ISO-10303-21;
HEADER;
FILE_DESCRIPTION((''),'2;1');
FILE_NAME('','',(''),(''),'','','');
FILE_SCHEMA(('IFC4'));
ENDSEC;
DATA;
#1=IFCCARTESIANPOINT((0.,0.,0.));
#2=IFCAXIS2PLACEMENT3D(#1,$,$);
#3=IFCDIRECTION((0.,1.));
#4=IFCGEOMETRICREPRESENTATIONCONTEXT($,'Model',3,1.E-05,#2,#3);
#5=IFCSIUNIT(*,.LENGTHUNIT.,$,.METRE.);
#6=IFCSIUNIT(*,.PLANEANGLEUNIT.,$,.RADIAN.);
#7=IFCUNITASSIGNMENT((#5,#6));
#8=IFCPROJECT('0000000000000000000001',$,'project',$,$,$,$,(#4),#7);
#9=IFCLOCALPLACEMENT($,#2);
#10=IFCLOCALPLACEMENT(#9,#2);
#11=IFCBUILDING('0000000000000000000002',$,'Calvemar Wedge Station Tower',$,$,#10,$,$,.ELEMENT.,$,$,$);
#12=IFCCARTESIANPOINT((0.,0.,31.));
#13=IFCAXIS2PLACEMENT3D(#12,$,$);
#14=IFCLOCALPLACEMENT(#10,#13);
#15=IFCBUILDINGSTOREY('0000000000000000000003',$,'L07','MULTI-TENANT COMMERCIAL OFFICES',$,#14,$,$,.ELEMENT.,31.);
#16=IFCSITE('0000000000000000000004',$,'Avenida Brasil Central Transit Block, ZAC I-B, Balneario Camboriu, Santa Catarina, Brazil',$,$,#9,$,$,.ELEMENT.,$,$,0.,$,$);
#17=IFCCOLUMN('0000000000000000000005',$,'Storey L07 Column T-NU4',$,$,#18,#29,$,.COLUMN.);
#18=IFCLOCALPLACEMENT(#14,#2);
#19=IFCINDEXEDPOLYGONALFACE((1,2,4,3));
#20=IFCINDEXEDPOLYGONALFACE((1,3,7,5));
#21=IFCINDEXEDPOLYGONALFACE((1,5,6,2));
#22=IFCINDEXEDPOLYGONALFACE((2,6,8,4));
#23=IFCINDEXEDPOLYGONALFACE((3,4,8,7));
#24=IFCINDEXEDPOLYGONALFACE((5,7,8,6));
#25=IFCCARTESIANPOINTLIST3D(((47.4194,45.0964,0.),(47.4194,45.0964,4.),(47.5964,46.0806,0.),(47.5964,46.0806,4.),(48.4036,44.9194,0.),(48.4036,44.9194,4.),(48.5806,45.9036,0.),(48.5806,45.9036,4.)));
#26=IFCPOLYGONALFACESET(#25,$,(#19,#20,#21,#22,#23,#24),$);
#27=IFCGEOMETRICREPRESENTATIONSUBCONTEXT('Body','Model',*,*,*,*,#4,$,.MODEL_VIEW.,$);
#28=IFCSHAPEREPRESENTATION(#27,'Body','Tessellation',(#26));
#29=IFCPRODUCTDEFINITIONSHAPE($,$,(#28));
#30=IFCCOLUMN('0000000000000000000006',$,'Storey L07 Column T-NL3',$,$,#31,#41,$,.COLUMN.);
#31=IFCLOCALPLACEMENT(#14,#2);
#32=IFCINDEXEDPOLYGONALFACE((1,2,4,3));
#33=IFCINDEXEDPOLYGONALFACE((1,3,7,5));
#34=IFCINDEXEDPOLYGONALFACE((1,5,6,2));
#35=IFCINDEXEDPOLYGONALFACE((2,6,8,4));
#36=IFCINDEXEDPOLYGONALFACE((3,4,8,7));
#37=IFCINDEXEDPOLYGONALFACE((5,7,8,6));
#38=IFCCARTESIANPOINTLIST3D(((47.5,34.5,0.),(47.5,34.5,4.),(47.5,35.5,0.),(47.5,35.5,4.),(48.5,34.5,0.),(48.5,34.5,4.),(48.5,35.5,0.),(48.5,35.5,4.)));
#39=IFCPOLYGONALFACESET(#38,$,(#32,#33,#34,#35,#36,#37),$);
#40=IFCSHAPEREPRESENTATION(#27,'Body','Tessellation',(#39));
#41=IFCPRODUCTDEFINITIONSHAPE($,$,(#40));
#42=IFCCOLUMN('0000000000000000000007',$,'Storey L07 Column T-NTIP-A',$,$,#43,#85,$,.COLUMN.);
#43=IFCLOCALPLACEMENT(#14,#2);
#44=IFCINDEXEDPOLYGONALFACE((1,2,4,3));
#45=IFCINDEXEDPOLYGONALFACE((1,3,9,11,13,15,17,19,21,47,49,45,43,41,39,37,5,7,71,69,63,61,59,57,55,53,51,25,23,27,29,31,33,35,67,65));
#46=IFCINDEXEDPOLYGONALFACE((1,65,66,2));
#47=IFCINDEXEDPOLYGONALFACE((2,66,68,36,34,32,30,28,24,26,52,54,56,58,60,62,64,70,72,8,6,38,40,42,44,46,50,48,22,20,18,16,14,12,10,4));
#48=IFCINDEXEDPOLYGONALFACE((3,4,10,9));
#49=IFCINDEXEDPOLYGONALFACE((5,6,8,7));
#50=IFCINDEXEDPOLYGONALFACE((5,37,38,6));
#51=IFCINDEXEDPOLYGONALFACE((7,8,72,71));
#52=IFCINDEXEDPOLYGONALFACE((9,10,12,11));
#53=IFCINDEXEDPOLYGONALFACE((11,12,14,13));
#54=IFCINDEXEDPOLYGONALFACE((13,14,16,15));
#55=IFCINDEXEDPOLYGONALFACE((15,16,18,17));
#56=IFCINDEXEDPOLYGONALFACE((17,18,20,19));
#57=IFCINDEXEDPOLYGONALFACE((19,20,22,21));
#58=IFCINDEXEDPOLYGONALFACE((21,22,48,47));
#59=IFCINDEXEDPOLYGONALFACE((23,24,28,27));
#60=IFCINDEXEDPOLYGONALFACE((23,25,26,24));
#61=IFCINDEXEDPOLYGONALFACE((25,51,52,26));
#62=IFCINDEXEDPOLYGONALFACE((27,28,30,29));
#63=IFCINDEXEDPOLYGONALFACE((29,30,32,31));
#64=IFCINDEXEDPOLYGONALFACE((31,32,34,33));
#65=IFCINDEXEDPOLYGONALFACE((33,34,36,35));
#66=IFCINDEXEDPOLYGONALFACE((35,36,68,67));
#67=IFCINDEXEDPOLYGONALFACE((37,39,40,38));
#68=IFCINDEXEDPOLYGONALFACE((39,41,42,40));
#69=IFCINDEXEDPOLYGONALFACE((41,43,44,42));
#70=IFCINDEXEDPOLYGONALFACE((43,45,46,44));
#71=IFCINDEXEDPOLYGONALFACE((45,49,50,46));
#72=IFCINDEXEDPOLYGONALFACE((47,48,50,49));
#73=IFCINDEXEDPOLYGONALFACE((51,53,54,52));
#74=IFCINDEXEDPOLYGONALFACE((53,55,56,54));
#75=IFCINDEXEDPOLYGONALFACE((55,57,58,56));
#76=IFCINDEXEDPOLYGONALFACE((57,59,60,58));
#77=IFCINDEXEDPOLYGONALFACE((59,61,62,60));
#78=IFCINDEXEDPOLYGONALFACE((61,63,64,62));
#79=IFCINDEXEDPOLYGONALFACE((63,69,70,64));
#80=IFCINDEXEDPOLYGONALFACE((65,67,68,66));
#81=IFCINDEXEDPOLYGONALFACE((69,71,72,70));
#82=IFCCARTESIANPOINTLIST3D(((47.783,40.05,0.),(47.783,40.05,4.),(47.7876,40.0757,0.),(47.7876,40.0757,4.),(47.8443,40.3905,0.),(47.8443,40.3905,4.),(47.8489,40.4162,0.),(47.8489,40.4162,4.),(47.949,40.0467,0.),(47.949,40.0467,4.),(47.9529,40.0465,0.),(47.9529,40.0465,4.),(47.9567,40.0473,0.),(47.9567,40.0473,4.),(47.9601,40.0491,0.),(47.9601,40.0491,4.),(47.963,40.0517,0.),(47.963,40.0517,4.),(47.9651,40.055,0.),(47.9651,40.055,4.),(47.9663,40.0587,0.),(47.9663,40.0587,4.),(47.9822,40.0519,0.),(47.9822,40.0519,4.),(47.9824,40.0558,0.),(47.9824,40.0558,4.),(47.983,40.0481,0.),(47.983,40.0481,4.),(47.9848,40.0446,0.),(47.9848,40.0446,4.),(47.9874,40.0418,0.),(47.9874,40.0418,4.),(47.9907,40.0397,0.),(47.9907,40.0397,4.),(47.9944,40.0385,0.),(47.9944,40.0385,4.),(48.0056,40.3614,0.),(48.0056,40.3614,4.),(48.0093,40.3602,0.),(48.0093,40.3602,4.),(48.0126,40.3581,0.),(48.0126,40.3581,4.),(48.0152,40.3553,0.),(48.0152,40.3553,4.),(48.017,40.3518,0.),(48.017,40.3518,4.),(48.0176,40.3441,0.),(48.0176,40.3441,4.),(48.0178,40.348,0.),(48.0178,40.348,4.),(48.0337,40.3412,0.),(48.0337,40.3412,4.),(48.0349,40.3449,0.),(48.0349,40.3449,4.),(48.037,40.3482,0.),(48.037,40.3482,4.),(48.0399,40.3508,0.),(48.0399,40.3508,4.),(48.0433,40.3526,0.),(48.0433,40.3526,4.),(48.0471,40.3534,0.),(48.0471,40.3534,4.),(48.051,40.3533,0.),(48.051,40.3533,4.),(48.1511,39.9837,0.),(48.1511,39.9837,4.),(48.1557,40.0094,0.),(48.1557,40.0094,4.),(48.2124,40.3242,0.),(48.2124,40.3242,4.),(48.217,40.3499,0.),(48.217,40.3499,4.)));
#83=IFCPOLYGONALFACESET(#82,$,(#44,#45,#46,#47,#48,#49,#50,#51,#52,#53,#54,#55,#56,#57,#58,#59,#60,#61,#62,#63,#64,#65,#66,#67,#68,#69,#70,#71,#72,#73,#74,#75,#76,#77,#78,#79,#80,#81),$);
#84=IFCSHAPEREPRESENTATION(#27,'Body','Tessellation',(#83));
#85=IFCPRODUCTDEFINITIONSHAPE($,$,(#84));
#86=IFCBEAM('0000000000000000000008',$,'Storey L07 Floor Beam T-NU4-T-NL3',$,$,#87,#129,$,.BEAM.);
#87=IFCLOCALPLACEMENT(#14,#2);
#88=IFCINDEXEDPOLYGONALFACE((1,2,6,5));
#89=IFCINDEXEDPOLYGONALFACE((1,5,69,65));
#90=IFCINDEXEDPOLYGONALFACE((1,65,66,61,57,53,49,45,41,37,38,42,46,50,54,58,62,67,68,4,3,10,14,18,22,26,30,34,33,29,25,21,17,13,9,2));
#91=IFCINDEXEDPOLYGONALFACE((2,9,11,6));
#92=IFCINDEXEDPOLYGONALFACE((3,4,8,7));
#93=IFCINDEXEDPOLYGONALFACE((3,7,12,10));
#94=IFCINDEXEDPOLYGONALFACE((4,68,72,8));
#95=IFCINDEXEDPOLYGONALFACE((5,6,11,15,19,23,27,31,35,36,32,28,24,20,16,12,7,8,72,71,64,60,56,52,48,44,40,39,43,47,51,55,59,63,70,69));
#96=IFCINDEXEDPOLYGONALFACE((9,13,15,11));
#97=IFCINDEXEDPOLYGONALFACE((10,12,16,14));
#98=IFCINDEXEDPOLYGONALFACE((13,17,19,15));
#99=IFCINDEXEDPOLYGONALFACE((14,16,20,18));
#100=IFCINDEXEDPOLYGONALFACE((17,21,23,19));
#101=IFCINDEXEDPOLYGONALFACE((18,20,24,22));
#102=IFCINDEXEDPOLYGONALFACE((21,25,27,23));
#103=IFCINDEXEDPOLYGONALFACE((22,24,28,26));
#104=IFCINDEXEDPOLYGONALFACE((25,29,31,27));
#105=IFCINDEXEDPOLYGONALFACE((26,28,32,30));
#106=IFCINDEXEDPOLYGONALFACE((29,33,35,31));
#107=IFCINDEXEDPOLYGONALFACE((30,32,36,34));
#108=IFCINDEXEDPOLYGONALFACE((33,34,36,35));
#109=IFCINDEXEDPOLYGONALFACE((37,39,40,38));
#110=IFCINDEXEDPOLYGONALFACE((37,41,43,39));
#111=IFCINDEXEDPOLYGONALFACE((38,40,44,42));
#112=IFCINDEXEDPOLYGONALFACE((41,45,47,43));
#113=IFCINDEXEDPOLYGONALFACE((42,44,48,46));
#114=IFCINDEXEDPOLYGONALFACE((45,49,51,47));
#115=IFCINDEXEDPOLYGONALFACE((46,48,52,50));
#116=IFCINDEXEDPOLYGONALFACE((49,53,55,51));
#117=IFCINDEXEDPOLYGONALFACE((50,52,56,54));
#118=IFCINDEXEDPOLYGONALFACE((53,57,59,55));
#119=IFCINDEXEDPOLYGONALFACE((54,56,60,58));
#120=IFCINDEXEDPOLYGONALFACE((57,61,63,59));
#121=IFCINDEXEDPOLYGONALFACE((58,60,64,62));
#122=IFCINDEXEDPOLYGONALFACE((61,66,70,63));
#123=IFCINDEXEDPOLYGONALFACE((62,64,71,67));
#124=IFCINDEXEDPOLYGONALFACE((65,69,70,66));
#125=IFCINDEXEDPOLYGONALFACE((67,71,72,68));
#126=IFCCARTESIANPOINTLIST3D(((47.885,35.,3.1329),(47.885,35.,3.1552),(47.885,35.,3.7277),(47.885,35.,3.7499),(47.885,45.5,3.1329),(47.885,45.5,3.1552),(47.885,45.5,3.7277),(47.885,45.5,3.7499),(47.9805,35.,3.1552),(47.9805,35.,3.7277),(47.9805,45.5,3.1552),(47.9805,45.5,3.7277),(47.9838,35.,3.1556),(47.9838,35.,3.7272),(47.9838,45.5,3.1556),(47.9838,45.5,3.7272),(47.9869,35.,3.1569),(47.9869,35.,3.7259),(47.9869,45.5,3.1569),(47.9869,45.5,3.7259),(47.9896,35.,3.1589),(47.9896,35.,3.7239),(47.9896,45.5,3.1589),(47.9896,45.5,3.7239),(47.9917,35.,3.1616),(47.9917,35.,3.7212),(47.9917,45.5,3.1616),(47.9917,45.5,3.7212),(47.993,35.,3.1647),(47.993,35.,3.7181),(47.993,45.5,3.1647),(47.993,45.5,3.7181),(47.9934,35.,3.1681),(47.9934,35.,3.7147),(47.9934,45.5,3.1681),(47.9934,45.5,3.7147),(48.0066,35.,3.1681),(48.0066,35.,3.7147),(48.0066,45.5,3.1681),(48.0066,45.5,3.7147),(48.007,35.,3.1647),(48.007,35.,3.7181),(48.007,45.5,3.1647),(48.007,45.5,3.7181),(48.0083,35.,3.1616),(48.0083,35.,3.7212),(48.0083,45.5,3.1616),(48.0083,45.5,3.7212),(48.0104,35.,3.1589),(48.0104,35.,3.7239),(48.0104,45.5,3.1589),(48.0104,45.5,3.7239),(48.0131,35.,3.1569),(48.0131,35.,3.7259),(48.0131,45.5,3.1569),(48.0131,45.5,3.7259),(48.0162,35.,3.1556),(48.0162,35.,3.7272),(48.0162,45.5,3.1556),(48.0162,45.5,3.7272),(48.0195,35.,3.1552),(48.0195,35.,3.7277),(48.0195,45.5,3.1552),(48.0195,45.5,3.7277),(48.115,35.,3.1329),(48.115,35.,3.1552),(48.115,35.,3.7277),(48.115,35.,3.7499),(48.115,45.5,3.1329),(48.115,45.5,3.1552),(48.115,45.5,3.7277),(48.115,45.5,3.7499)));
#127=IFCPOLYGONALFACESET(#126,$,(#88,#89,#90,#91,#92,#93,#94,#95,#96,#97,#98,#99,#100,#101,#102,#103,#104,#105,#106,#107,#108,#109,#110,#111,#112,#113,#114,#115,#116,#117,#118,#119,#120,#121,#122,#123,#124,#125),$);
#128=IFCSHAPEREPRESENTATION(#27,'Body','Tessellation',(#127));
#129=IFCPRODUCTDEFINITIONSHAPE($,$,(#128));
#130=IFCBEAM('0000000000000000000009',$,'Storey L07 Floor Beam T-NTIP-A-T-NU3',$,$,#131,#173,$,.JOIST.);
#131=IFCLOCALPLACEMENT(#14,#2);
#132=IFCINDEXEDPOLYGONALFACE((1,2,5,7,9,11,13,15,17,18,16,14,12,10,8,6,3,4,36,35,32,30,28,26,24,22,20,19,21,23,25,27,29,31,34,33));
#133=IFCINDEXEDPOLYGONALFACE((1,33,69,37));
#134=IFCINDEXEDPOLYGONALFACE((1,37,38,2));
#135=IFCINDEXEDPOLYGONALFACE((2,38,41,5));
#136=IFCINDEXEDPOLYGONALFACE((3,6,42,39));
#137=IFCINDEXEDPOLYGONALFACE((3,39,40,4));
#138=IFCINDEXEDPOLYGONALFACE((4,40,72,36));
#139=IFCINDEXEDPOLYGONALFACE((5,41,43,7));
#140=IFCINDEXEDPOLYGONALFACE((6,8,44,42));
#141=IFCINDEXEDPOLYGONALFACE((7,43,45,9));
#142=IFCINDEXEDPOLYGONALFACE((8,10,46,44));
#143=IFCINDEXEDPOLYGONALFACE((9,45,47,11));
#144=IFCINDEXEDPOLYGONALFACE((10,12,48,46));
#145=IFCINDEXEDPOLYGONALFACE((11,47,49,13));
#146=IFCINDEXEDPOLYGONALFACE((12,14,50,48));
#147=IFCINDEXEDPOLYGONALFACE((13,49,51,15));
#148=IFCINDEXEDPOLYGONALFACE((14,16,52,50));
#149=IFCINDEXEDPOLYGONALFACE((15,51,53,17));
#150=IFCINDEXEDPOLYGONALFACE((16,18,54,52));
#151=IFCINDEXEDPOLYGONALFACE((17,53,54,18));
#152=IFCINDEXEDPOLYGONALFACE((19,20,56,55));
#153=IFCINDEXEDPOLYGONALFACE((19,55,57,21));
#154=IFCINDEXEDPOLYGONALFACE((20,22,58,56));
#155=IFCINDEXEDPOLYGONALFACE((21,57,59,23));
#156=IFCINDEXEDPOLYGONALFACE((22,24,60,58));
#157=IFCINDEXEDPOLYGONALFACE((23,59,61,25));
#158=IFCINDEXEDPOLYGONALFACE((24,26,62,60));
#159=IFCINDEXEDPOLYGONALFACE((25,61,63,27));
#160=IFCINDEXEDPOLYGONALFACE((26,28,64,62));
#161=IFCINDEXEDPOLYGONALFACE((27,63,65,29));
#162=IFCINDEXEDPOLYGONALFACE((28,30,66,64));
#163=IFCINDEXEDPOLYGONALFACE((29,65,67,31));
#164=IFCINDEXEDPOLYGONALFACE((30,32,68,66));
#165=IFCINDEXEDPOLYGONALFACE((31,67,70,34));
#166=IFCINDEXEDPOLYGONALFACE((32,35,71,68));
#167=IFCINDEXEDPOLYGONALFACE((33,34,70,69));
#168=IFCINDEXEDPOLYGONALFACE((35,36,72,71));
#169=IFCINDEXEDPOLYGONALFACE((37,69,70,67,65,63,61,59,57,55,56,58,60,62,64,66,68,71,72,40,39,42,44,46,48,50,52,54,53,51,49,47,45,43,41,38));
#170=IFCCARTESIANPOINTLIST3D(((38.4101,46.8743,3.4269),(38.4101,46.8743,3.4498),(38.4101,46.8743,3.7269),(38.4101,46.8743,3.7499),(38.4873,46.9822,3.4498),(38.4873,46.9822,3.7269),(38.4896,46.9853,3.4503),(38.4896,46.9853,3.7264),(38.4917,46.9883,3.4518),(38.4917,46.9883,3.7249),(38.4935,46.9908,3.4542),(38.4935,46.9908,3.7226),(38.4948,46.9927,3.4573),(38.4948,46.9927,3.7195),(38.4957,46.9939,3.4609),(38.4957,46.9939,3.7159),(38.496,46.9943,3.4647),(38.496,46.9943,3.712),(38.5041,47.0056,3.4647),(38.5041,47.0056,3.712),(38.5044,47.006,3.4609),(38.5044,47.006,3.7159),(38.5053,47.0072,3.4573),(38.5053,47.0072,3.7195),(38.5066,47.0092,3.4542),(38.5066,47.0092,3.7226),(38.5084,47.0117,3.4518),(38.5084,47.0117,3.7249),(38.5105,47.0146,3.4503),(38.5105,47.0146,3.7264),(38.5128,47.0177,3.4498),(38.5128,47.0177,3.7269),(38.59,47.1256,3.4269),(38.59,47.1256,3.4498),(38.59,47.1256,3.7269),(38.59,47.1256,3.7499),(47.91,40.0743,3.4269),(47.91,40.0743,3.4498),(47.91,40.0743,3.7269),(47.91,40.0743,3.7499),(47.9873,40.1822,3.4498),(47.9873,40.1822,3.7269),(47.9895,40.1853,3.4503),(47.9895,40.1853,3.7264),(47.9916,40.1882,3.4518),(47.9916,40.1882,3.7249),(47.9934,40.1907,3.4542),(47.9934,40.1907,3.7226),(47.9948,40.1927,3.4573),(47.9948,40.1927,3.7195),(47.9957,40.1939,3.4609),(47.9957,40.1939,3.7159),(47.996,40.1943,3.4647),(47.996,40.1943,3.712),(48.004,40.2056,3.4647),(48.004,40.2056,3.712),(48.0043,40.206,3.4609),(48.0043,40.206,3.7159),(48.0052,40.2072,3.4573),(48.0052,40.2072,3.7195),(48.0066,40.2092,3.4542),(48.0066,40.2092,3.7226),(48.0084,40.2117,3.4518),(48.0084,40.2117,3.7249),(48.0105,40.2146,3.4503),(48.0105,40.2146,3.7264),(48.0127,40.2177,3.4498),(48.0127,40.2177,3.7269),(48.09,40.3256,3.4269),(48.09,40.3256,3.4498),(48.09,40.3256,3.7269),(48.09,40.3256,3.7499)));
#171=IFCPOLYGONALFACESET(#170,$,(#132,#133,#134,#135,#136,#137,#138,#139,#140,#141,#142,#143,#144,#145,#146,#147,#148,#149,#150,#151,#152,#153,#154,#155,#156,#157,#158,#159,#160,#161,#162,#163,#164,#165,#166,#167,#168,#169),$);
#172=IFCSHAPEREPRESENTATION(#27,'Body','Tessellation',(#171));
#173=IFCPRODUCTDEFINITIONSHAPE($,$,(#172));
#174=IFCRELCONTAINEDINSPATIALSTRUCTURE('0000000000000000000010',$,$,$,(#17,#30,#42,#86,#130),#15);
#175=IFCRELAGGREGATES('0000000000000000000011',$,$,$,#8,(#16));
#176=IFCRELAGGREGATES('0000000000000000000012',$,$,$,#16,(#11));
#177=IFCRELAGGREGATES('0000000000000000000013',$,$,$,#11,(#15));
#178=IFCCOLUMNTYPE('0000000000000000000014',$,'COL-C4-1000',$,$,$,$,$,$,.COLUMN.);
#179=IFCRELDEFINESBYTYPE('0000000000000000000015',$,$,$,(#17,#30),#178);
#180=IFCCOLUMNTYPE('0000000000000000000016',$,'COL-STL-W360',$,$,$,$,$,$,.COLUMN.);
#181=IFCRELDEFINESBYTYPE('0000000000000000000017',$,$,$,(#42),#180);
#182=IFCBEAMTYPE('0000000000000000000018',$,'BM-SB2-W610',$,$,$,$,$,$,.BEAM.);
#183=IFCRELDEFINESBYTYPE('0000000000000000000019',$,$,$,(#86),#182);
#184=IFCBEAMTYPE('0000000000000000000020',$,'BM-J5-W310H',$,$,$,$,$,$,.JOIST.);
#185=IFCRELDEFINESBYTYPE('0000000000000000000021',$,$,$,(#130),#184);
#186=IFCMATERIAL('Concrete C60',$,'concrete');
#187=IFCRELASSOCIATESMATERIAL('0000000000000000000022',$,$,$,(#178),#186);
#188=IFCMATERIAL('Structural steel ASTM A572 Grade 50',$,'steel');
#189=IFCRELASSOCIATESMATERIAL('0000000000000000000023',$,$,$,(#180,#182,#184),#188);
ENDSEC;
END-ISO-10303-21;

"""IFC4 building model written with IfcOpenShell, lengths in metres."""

from ifc_helpers import new_model, si_unit, direction, frame, origin, origin_2d, place, context, subcontext, project, spatial, rectangle, i_section, extrude, source, transform, mapped, material, material_profile, profile_set, type_object, element, save


model = new_model("IFC4")

# Units and contexts
model_context = context("Model", 3, precision=1e-05, world=origin(), true_north=direction((0.0, 1.0)))
body_context = subcontext(model_context, "Body", "Model", "MODEL_VIEW")
ifc_project = project(units=[si_unit("LENGTHUNIT", "METRE"), si_unit("PLANEANGLEUNIT", "RADIAN")], contexts=[model_context])

# Site, building, storey
site_placement = place(None, origin())
site = spatial("IfcSite", under=ifc_project, at=site_placement, Name="Avenida Brasil Central Transit Block, ZAC I-B, Balneario Camboriu, Santa Catarina, Brazil", CompositionType="ELEMENT", RefElevation=0.0)
building_placement = place(site_placement, origin())
building = spatial("IfcBuilding", under=site, at=building_placement, Name="Calvemar Wedge Station Tower", CompositionType="ELEMENT")
storey_placement = place(building_placement, frame((0.0, 0.0, 31.0)))
storey = spatial("IfcBuildingStorey", under=building, at=storey_placement, Name="L07", Description="MULTI-TENANT COMMERCIAL OFFICES", CompositionType="ELEMENT", Elevation=31.0)

# Columns
ifc_material_1 = material(Name="Concrete C60", Category="concrete")
ifc_material_profile_1 = material_profile(ifc_material_1, rectangle(XDim=1.0, YDim=1.0, at=origin_2d()), Name="RC1000x1000")
ifc_profile_set_1 = profile_set([ifc_material_profile_1], Name="Concrete C60")
column_type_1 = type_object("IfcColumnType", Name="COL-C4-1000", PredefinedType="COLUMN", material=ifc_profile_set_1)
shared_shape_1 = source(origin(), body_context, "Body", "SweptSolid", [
    extrude(rectangle(XDim=1.0, YDim=1.0, at=origin_2d()), origin(), (0.0, 0.0, 1.0), 4.0),
])
for number, where, z_axis, x_axis, name in (
    (1, (48.0, 45.5, 0.0), (0.0, 0.0, 1.0), (0.984196, -0.177085, 0.0), "Storey L07 Column T-NU4"),
    (2, (48.0, 35.0, 0.0), (0.0, 0.0, 1.0), (1.0, 0.0, 0.0), "Storey L07 Column T-NL3"),
):
    element("IfcColumn", number, at=place(storey_placement, frame(where, z_axis=z_axis, x_axis=x_axis)), inside=storey, type_object=column_type_1, Name=name, PredefinedType="COLUMN", context=body_context, shape_type="MappedRepresentation", body=[
        mapped(shared_shape_1, transform((0.0, 0.0, 0.0), scale=1.0)),
    ])
ifc_material_2 = material(Name="Structural steel ASTM A572 Grade 50", Category="steel")
ifc_material_profile_2 = material_profile(ifc_material_2, i_section(OverallWidth=0.374, OverallDepth=0.3721, WebThickness=0.0164, FlangeThickness=0.0261, FilletRadius=0.0149, at=origin_2d()), Name="W360x196")
ifc_profile_set_2 = profile_set([ifc_material_profile_2], Name="Structural steel ASTM A572 Grade 50")
column_type_2 = type_object("IfcColumnType", Name="COL-STL-W360", PredefinedType="COLUMN", material=ifc_profile_set_2)
shared_shape_2 = source(origin(), body_context, "Body", "SweptSolid", [
    extrude(i_section(OverallWidth=0.374, OverallDepth=0.3721, WebThickness=0.0164, FlangeThickness=0.0261, FilletRadius=0.0149, at=origin_2d()), origin(), (0.0, 0.0, 1.0), 4.0),
])
column_placement = place(storey_placement, frame((48.0, 40.2, 0.0), z_axis=(0.0, 0.0, 1.0), x_axis=(0.984196, -0.177085, 0.0)))
element("IfcColumn", 3, at=column_placement, inside=storey, type_object=column_type_2, Name="Storey L07 Column T-NTIP-A", PredefinedType="COLUMN", context=body_context, shape_type="MappedRepresentation", body=[
    mapped(shared_shape_2, transform((0.0, 0.0, 0.0), scale=1.0)),
])

# Beams
ifc_material_profile_3 = material_profile(ifc_material_2, i_section(OverallWidth=0.23, OverallDepth=0.6169, WebThickness=0.0132, FlangeThickness=0.0222, FilletRadius=0.0129, at=origin_2d()), Name="W610x140")
ifc_profile_set_3 = profile_set([ifc_material_profile_3], Name="Structural steel ASTM A572 Grade 50")
beam_type_1 = type_object("IfcBeamType", Name="BM-SB2-W610", PredefinedType="BEAM", material=ifc_profile_set_3)
shared_shape_3 = source(origin(), body_context, "Body", "SweptSolid", [
    extrude(i_section(OverallWidth=0.23, OverallDepth=0.6169, WebThickness=0.0132, FlangeThickness=0.0222, FilletRadius=0.0129, at=origin_2d()), origin(), (0.0, 0.0, 1.0), 10.5),
])
beam_1_placement = place(storey_placement, frame((48.0, 45.5, 3.4414), z_axis=(0.0, -1.0, 0.0), x_axis=(1.0, 0.0, 0.0)))
element("IfcBeam", 4, at=beam_1_placement, inside=storey, type_object=beam_type_1, Name="Storey L07 Floor Beam T-NU4-T-NL3", PredefinedType="BEAM", context=body_context, shape_type="MappedRepresentation", body=[
    mapped(shared_shape_3, transform((0.0, 0.0, 0.0), scale=1.0)),
])
ifc_material_profile_4 = material_profile(ifc_material_2, i_section(OverallWidth=0.3091, OverallDepth=0.323, WebThickness=0.0139, FlangeThickness=0.0229, FilletRadius=0.0149, at=origin_2d()), Name="W310x143")
ifc_profile_set_4 = profile_set([ifc_material_profile_4], Name="Structural steel ASTM A572 Grade 50")
beam_type_2 = type_object("IfcBeamType", Name="BM-J5-W310H", PredefinedType="JOIST", material=ifc_profile_set_4)
shared_shape_4 = source(origin(), body_context, "Body", "SweptSolid", [
    extrude(i_section(OverallWidth=0.3091, OverallDepth=0.323, WebThickness=0.0139, FlangeThickness=0.0229, FilletRadius=0.0149, at=origin_2d()), origin(), (0.0, 0.0, 1.0), 11.6829),
])
beam_2_placement = place(storey_placement, frame((48.0, 40.2, 3.5884), z_axis=(-0.813153, 0.58205, 0.0), x_axis=(-0.58205, -0.813153, 0.0)))
element("IfcBeam", 5, at=beam_2_placement, inside=storey, type_object=beam_type_2, Name="Storey L07 Floor Beam T-NTIP-A-T-NU3", PredefinedType="JOIST", context=body_context, shape_type="MappedRepresentation", body=[
    mapped(shared_shape_4, transform((0.0, 0.0, 0.0), scale=1.0)),
])

save(model, "model.ifc")
